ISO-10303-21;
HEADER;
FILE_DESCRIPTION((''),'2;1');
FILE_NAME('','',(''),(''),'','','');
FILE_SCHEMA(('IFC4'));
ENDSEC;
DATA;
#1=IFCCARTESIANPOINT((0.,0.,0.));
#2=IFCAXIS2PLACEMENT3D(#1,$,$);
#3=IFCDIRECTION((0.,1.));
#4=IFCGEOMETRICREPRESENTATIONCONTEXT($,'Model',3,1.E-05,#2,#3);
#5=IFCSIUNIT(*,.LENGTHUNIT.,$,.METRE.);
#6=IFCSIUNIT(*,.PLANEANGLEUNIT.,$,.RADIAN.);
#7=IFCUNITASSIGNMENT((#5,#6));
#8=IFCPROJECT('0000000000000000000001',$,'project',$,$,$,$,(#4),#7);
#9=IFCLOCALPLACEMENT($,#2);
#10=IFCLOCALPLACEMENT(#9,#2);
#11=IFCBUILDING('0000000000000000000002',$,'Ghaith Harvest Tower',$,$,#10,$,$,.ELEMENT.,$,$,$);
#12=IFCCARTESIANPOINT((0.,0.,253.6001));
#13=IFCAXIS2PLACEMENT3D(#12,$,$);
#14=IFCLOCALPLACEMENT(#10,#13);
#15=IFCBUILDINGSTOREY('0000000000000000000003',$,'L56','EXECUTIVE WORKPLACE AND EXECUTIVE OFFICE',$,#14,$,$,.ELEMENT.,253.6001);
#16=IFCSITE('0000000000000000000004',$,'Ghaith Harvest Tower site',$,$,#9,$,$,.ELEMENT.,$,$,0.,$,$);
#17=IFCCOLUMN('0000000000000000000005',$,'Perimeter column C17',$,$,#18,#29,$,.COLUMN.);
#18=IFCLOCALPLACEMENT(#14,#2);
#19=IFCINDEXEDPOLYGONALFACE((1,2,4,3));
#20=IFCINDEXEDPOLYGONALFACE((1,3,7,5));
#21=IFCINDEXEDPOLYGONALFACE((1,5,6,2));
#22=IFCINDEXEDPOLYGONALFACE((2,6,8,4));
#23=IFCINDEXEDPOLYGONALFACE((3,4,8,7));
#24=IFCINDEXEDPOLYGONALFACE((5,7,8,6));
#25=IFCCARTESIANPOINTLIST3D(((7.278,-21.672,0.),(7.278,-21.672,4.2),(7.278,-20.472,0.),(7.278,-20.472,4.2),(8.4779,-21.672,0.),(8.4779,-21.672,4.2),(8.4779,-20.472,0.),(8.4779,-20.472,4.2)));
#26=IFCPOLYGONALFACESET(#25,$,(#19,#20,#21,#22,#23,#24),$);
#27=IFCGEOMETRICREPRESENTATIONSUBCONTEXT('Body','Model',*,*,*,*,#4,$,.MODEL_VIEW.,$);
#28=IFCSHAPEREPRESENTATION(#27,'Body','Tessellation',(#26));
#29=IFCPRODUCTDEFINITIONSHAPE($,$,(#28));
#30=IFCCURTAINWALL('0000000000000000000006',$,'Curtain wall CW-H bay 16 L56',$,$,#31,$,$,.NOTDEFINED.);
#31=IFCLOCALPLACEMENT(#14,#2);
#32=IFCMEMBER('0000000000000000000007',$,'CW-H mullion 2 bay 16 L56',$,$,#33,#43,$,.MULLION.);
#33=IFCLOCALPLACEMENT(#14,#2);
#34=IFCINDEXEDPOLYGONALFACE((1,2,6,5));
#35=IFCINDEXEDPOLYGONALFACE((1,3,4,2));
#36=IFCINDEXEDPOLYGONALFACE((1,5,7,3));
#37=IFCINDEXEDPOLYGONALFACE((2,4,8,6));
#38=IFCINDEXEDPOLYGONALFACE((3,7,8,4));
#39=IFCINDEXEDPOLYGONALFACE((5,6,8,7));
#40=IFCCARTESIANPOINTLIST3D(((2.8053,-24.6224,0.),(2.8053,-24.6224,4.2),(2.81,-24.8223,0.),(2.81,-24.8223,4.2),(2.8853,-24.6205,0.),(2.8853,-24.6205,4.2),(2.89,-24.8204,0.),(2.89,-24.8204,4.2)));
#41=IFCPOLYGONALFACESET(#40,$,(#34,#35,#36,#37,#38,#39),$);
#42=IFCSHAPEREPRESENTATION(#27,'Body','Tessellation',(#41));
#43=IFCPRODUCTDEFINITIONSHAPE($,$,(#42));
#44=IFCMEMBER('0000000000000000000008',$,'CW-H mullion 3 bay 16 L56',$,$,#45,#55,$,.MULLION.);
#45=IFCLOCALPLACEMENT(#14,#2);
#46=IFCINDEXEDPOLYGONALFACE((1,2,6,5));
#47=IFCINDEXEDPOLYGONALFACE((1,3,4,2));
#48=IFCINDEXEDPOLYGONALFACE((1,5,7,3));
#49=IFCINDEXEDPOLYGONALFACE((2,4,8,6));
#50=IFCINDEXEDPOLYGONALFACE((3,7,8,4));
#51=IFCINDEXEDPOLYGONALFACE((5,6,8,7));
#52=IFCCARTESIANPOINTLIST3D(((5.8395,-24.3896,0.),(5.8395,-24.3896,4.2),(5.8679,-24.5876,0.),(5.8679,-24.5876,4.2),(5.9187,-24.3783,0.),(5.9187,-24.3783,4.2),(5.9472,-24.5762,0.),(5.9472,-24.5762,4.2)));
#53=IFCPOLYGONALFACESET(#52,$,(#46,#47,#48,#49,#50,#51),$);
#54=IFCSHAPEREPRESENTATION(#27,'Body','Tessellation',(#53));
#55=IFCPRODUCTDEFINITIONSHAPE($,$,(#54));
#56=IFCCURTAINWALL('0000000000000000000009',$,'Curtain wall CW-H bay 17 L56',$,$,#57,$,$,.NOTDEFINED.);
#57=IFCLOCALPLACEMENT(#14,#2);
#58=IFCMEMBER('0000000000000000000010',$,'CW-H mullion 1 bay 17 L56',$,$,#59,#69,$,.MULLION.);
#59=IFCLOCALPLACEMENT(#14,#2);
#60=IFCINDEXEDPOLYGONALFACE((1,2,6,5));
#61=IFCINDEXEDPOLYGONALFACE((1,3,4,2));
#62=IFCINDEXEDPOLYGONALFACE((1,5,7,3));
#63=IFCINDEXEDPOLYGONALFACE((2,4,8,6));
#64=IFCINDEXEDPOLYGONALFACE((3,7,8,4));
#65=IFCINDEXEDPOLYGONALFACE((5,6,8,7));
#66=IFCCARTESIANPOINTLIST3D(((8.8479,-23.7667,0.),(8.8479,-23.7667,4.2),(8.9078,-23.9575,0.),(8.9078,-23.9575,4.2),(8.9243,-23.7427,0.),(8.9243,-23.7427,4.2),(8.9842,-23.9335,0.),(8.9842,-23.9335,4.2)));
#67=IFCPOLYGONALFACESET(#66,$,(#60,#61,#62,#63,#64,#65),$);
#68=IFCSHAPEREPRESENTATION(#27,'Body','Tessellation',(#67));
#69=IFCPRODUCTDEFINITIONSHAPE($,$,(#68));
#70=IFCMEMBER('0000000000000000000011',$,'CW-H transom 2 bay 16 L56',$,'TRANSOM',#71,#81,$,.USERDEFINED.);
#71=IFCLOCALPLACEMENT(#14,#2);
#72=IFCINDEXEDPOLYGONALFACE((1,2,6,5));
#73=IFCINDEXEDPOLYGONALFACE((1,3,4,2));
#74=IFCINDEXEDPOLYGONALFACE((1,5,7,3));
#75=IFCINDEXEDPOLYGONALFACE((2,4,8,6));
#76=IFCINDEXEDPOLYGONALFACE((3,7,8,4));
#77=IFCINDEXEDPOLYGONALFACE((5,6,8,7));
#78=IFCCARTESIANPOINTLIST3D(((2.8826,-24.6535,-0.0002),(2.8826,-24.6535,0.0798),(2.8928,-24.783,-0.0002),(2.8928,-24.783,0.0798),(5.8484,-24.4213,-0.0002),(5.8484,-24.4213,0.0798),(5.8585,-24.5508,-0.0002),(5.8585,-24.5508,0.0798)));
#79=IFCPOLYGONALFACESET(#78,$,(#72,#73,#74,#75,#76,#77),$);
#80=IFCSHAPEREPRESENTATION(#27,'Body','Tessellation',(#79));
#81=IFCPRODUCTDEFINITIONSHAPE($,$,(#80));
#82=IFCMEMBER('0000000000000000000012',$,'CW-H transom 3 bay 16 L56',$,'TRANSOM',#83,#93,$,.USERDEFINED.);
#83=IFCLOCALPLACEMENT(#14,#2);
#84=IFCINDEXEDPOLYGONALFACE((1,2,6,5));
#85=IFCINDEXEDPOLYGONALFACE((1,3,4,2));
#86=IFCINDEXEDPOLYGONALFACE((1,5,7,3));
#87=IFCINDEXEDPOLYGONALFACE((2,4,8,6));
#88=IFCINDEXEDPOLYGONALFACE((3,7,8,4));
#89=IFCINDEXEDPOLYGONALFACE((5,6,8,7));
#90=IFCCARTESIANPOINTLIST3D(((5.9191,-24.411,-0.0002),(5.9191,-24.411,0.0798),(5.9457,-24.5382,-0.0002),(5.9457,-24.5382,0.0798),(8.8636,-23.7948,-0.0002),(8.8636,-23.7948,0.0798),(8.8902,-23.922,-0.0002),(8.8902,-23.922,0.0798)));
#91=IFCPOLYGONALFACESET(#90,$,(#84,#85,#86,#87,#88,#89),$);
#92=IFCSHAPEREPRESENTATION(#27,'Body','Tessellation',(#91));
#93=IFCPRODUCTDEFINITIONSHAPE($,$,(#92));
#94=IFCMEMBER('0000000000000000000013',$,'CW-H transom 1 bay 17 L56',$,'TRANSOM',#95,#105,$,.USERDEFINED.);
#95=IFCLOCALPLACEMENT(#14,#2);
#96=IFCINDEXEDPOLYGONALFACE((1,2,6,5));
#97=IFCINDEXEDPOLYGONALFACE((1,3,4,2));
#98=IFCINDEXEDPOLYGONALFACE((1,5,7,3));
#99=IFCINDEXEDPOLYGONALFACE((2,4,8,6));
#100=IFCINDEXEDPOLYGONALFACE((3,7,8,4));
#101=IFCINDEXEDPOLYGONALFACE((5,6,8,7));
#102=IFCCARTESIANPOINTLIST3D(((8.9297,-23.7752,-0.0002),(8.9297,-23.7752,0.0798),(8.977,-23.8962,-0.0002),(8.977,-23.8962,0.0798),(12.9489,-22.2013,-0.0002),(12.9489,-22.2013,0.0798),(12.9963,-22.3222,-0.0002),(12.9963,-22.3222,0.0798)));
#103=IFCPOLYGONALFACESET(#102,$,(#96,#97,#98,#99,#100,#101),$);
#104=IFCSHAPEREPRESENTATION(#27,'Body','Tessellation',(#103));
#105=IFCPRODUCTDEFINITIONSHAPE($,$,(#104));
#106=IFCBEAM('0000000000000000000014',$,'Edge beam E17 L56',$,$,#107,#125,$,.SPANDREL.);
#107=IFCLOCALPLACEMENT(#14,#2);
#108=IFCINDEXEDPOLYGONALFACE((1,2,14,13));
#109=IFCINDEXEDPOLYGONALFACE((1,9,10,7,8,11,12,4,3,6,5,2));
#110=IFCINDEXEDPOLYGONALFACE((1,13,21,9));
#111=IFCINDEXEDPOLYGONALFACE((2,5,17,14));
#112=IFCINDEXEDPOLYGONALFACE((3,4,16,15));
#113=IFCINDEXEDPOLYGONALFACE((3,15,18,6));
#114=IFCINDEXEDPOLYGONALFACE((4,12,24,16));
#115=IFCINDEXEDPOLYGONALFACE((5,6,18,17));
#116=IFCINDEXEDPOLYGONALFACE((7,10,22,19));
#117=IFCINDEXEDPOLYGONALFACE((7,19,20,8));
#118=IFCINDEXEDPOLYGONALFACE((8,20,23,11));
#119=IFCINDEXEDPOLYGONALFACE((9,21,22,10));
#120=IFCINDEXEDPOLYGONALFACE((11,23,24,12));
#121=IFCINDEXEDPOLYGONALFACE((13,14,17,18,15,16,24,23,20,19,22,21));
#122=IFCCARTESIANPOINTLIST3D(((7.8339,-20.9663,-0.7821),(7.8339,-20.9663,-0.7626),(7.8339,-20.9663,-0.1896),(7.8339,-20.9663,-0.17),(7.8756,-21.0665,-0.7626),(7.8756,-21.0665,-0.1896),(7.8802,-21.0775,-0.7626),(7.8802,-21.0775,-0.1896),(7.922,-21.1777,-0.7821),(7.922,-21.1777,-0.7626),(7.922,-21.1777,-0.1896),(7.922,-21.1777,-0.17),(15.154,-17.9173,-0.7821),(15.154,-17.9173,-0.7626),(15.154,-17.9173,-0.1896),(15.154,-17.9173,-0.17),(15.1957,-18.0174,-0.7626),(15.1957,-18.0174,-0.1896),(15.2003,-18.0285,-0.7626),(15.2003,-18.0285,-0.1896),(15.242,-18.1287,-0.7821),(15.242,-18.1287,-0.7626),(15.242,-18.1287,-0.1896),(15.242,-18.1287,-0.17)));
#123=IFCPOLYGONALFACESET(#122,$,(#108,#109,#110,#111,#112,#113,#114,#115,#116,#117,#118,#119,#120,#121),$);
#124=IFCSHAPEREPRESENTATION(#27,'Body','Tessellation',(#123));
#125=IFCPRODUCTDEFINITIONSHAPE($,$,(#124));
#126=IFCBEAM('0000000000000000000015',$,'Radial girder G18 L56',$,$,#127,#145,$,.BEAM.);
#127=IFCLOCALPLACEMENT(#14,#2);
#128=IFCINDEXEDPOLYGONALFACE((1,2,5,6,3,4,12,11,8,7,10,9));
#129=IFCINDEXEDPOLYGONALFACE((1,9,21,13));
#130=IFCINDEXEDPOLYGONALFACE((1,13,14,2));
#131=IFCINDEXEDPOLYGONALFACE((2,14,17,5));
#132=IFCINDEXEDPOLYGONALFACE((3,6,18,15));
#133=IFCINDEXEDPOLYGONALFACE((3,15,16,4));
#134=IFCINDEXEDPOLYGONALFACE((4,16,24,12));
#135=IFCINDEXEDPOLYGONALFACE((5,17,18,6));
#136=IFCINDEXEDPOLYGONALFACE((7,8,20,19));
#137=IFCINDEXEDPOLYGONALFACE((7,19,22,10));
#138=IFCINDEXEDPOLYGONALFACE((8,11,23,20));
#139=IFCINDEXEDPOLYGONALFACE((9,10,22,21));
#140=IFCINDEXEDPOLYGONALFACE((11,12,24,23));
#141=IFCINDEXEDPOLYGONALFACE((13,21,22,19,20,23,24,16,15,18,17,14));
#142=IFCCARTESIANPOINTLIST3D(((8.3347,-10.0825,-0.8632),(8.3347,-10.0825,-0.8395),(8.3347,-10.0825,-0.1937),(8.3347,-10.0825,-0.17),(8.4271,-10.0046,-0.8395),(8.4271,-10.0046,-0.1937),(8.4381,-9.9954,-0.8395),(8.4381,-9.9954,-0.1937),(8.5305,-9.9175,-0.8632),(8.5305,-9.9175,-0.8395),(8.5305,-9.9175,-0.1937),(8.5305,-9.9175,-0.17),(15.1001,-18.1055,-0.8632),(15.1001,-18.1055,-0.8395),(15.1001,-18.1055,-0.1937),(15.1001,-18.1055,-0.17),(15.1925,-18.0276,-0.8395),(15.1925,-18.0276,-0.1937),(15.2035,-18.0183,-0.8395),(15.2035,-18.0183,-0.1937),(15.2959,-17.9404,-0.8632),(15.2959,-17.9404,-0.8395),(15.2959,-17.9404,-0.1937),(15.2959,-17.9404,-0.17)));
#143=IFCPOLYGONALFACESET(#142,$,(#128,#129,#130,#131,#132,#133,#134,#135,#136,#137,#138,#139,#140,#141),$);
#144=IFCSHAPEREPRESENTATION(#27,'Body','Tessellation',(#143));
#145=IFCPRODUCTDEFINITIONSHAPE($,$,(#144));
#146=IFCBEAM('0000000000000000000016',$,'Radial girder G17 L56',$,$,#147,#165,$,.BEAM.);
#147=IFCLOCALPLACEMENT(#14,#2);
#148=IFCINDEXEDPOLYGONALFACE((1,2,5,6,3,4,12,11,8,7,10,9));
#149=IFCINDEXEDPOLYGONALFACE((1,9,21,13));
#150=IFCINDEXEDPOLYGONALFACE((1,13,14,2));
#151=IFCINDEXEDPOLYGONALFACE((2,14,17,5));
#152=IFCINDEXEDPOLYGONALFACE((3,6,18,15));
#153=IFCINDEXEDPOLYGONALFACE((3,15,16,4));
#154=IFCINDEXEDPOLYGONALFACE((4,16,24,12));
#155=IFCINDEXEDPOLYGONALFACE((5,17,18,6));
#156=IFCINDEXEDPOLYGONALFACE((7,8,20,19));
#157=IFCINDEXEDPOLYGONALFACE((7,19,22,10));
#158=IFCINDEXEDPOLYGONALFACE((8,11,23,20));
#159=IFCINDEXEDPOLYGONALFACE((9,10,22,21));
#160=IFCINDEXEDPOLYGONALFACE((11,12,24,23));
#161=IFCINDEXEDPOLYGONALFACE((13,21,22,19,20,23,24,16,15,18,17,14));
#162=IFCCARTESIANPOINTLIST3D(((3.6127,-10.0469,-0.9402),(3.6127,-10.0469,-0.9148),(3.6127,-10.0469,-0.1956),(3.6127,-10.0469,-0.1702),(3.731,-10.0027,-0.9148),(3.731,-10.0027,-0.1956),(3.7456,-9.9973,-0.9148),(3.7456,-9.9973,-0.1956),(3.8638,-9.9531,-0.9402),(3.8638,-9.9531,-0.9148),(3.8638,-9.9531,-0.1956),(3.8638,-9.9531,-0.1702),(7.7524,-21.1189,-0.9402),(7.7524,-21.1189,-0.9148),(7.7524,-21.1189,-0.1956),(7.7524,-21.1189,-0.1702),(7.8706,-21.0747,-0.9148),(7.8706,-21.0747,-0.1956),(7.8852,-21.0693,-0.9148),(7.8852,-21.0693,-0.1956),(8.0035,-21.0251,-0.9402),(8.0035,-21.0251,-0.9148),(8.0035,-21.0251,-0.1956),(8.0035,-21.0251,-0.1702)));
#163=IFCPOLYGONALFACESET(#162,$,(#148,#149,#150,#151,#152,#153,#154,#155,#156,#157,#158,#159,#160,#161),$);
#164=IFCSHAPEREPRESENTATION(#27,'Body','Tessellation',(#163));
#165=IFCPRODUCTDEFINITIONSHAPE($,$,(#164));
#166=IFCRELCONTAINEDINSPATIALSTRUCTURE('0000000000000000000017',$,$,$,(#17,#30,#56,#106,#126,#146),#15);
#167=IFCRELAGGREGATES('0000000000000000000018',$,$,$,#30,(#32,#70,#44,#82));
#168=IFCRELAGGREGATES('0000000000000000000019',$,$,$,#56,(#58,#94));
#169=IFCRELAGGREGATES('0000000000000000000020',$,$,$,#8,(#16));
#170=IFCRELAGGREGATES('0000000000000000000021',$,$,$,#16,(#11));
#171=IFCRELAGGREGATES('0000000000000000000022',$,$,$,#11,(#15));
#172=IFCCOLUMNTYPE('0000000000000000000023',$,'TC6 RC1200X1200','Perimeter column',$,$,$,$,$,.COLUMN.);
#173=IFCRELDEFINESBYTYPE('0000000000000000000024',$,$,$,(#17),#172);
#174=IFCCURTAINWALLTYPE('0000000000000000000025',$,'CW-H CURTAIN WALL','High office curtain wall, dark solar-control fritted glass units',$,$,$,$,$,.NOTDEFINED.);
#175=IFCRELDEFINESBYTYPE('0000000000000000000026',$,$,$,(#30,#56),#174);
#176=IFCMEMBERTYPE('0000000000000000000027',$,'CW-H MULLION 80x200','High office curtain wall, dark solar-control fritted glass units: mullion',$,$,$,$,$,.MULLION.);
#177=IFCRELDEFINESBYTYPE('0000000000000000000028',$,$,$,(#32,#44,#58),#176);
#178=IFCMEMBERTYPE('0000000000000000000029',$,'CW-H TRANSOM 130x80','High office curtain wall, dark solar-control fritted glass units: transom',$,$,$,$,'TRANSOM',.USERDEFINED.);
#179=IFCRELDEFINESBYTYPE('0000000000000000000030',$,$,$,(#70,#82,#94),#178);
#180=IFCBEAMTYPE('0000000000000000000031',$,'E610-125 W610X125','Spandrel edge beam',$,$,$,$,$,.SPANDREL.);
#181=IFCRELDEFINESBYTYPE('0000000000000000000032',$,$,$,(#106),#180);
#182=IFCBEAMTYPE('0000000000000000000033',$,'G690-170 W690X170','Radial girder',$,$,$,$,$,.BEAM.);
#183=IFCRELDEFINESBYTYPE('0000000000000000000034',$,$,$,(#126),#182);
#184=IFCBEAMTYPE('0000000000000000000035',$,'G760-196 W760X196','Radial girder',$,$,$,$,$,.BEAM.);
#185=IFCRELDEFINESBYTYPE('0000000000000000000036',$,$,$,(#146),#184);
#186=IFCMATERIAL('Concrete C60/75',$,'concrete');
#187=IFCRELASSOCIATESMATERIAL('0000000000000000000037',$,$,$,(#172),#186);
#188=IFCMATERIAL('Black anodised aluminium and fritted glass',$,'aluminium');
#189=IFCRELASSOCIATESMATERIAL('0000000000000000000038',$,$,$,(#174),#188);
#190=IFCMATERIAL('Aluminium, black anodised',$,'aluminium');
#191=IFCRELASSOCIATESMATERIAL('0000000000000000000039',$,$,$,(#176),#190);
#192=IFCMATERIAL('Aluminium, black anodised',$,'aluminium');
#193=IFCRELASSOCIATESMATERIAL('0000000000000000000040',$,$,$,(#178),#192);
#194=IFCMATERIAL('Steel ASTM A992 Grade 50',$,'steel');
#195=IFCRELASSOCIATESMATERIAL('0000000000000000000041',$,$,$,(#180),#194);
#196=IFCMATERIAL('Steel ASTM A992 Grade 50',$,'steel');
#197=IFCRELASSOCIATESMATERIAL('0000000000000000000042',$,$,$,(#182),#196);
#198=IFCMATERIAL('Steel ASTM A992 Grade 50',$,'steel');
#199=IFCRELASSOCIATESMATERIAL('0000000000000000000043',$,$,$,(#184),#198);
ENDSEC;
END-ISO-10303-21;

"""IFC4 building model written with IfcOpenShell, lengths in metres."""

from ifc_helpers import new_model, si_unit, direction, frame, origin, origin_2d, place, context, subcontext, project, spatial, rectangle, i_section, extrude, material, material_profile, profile_set, type_object, element, aggregate, save


model = new_model("IFC4")

# Units and contexts
model_context = context("Model", 3, precision=1e-05, world=origin(), true_north=direction((0.0, 1.0)))
body_context = subcontext(model_context, "Body", "Model", "MODEL_VIEW")
ifc_project = project(units=[si_unit("LENGTHUNIT", "METRE"), si_unit("PLANEANGLEUNIT", "RADIAN")], contexts=[model_context])

# Site, building, storey
site_placement = place(None, origin())
site = spatial("IfcSite", under=ifc_project, at=site_placement, Name="Ghaith Harvest Tower site", CompositionType="ELEMENT", RefElevation=0.0)
building_placement = place(site_placement, origin())
building = spatial("IfcBuilding", under=site, at=building_placement, Name="Ghaith Harvest Tower", CompositionType="ELEMENT")
storey_placement = place(building_placement, frame((0.0, 0.0, 253.6001)))
storey = spatial("IfcBuildingStorey", under=building, at=storey_placement, Name="L56", Description="EXECUTIVE WORKPLACE AND EXECUTIVE OFFICE", CompositionType="ELEMENT", Elevation=253.6001)

# Column
ifc_material_1 = material(Name="Concrete C60/75", Category="concrete")
ifc_material_profile_1 = material_profile(ifc_material_1, rectangle(XDim=1.2, YDim=1.2, at=origin_2d()), Name="RC1200X1200")
ifc_profile_set_1 = profile_set([ifc_material_profile_1], Name="Concrete C60/75")
column_type = type_object("IfcColumnType", Name="TC6 RC1200X1200", Description="Perimeter column", PredefinedType="COLUMN", material=ifc_profile_set_1)
column_placement = place(storey_placement, frame((7.8779, -21.072, 0.0), z_axis=(0.0, 0.0, 1.0), x_axis=(1.0, 0.0, 0.0)))
element("IfcColumn", 1, at=column_placement, inside=storey, type_object=column_type, Name="Perimeter column C17", PredefinedType="COLUMN", context=body_context, shape_type="SweptSolid", body=[
    extrude(rectangle(XDim=1.2, YDim=1.2, at=origin_2d()), origin(), (0.0, 0.0, 1.0), 4.2),
])

# Curtain wall, members
ifc_material_2 = material(Name="Black anodised aluminium and fritted glass", Category="aluminium")
curtain_wall_type = type_object("IfcCurtainWallType", Name="CW-H CURTAIN WALL", Description="High office curtain wall, dark solar-control fritted glass units", PredefinedType="NOTDEFINED", material=ifc_material_2)
curtain_wall_1_placement = place(storey_placement, origin())
curtain_wall_1 = element("IfcCurtainWall", 2, at=curtain_wall_1_placement, inside=storey, type_object=curtain_wall_type, Name="Curtain wall CW-H bay 16 L56", PredefinedType="NOTDEFINED")
ifc_material_3 = material(Name="Aluminium, black anodised", Category="aluminium")
ifc_material_profile_2 = material_profile(ifc_material_3, rectangle(XDim=0.0801, YDim=0.2, at=origin_2d()), Name="CW-H MULLION 80x200")
ifc_profile_set_2 = profile_set([ifc_material_profile_2], Name="Aluminium, black anodised")
member_type_1 = type_object("IfcMemberType", Name="CW-H MULLION 80x200", Description="High office curtain wall, dark solar-control fritted glass units: mullion", PredefinedType="MULLION", material=ifc_profile_set_2)
member_1_placement = place(storey_placement, frame((2.8477, -24.7214, 0.0), z_axis=(0.0, 0.0, 1.0), x_axis=(0.999724, 0.023475, 0.0)))
member_1 = element("IfcMember", 3, at=member_1_placement, type_object=member_type_1, Name="CW-H mullion 2 bay 16 L56", PredefinedType="MULLION", context=body_context, shape_type="SweptSolid", body=[
    extrude(rectangle(XDim=0.0801, YDim=0.2, at=origin_2d()), origin(), (0.0, 0.0, 1.0), 4.2),
])
member_2_placement = place(storey_placement, frame((5.8933, -24.4829, 0.0), z_axis=(0.0, 0.0, 1.0), x_axis=(0.989849, 0.142122, 0.0)))
member_2 = element("IfcMember", 4, at=member_2_placement, type_object=member_type_1, Name="CW-H mullion 3 bay 16 L56", PredefinedType="MULLION", context=body_context, shape_type="SweptSolid", body=[
    extrude(rectangle(XDim=0.0801, YDim=0.2, at=origin_2d()), origin(), (0.0, 0.0, 1.0), 4.2),
])

# Curtain wall, member
curtain_wall_2_placement = place(storey_placement, origin())
curtain_wall_2 = element("IfcCurtainWall", 5, at=curtain_wall_2_placement, inside=storey, type_object=curtain_wall_type, Name="Curtain wall CW-H bay 17 L56", PredefinedType="NOTDEFINED")
member_3_placement = place(storey_placement, frame((8.916, -23.8501, 0.0), z_axis=(0.0, 0.0, 1.0), x_axis=(0.95403, 0.299711, 0.0)))
member_3 = element("IfcMember", 6, at=member_3_placement, type_object=member_type_1, Name="CW-H mullion 1 bay 17 L56", PredefinedType="MULLION", context=body_context, shape_type="SweptSolid", body=[
    extrude(rectangle(XDim=0.0801, YDim=0.2, at=origin_2d()), origin(), (0.0, 0.0, 1.0), 4.2),
])

# Members
ifc_material_4 = material(Name="Aluminium, black anodised", Category="aluminium")
ifc_material_profile_3 = material_profile(ifc_material_4, rectangle(XDim=0.1299, YDim=0.0801, at=origin_2d()), Name="CW-H TRANSOM 130x80")
ifc_profile_set_3 = profile_set([ifc_material_profile_3], Name="Aluminium, black anodised")
member_type_2 = type_object("IfcMemberType", Name="CW-H TRANSOM 130x80", Description="High office curtain wall, dark solar-control fritted glass units: transom", ElementType="TRANSOM", PredefinedType="USERDEFINED", material=ifc_profile_set_3)
member_4_placement = place(storey_placement, frame((2.8877, -24.7183, 0.0398), z_axis=(0.99695, 0.078046, 0.0), x_axis=(-0.078046, 0.99695, 0.0)))
member_4 = element("IfcMember", 7, at=member_4_placement, type_object=member_type_2, Name="CW-H transom 2 bay 16 L56", ObjectType="TRANSOM", PredefinedType="USERDEFINED", context=body_context, shape_type="SweptSolid", body=[
    extrude(rectangle(XDim=0.1299, YDim=0.0801, at=origin_2d()), origin(), (0.0, 0.0, 1.0), 2.9749),
])
member_5_placement = place(storey_placement, frame((5.9324, -24.4746, 0.0398), z_axis=(0.978797, 0.204832, 0.0), x_axis=(-0.204832, 0.978797, 0.0)))
member_5 = element("IfcMember", 8, at=member_5_placement, type_object=member_type_2, Name="CW-H transom 3 bay 16 L56", ObjectType="TRANSOM", PredefinedType="USERDEFINED", context=body_context, shape_type="SweptSolid", body=[
    extrude(rectangle(XDim=0.1299, YDim=0.0801, at=origin_2d()), origin(), (0.0, 0.0, 1.0), 3.0083),
])
member_6_placement = place(storey_placement, frame((8.9534, -23.8357, 0.0398), z_axis=(0.931148, 0.364642, 0.0), x_axis=(-0.364642, 0.931148, 0.0)))
member_6 = element("IfcMember", 9, at=member_6_placement, type_object=member_type_2, Name="CW-H transom 1 bay 17 L56", ObjectType="TRANSOM", PredefinedType="USERDEFINED", context=body_context, shape_type="SweptSolid", body=[
    extrude(rectangle(XDim=0.1299, YDim=0.0801, at=origin_2d()), origin(), (0.0, 0.0, 1.0), 4.3164),
])

# Beams
ifc_material_5 = material(Name="Steel ASTM A992 Grade 50", Category="steel")
ifc_material_profile_4 = material_profile(ifc_material_5, i_section(OverallWidth=0.229, OverallDepth=0.6121, WebThickness=0.012, FlangeThickness=0.0195, at=origin_2d()), Name="W610X125")
ifc_profile_set_4 = profile_set([ifc_material_profile_4], Name="Steel ASTM A992 Grade 50")
beam_type_1 = type_object("IfcBeamType", Name="E610-125 W610X125", Description="Spandrel edge beam", PredefinedType="SPANDREL", material=ifc_profile_set_4)
beam_1_placement = place(storey_placement, frame((7.8779, -21.072, -0.4761), z_axis=(0.92312, 0.384513, 0.0), x_axis=(-0.384513, 0.92312, 0.0)))
element("IfcBeam", 10, at=beam_1_placement, inside=storey, type_object=beam_type_1, Name="Edge beam E17 L56", PredefinedType="SPANDREL", context=body_context, shape_type="SweptSolid", body=[
    extrude(i_section(OverallWidth=0.229, OverallDepth=0.6121, WebThickness=0.012, FlangeThickness=0.0195, at=origin_2d()), origin(), (0.0, 0.0, 1.0), 7.9297),
])
ifc_material_6 = material(Name="Steel ASTM A992 Grade 50", Category="steel")
ifc_material_profile_5 = material_profile(ifc_material_6, i_section(OverallWidth=0.2561, OverallDepth=0.6931, WebThickness=0.0144, FlangeThickness=0.0237, at=origin_2d()), Name="W690X170")
ifc_profile_set_5 = profile_set([ifc_material_profile_5], Name="Steel ASTM A992 Grade 50")
beam_type_2 = type_object("IfcBeamType", Name="G690-170 W690X170", Description="Radial girder", PredefinedType="BEAM", material=ifc_profile_set_5)
beam_2_placement = place(storey_placement, frame((8.4326, -10.0, -0.5166), z_axis=(0.644649, -0.764478, 0.0), x_axis=(0.764478, 0.644649, 0.0)))
element("IfcBeam", 11, at=beam_2_placement, inside=storey, type_object=beam_type_2, Name="Radial girder G18 L56", PredefinedType="BEAM", context=body_context, shape_type="SweptSolid", body=[
    extrude(i_section(OverallWidth=0.2561, OverallDepth=0.6931, WebThickness=0.0144, FlangeThickness=0.0237, at=origin_2d()), origin(), (0.0, 0.0, 1.0), 10.4946),
])
ifc_material_7 = material(Name="Steel ASTM A992 Grade 50", Category="steel")
ifc_material_profile_6 = material_profile(ifc_material_7, i_section(OverallWidth=0.2681, OverallDepth=0.77, WebThickness=0.0156, FlangeThickness=0.0254, at=origin_2d()), Name="W760X196")
ifc_profile_set_6 = profile_set([ifc_material_profile_6], Name="Steel ASTM A992 Grade 50")
beam_type_3 = type_object("IfcBeamType", Name="G760-196 W760X196", Description="Radial girder", PredefinedType="BEAM", material=ifc_profile_set_6)
beam_3_placement = place(storey_placement, frame((3.7383, -10.0, -0.5552), z_axis=(0.350207, -0.936672, 0.0), x_axis=(0.936672, 0.350207, 0.0)))
element("IfcBeam", 12, at=beam_3_placement, inside=storey, type_object=beam_type_3, Name="Radial girder G17 L56", PredefinedType="BEAM", context=body_context, shape_type="SweptSolid", body=[
    extrude(i_section(OverallWidth=0.2681, OverallDepth=0.77, WebThickness=0.0156, FlangeThickness=0.0254, at=origin_2d()), origin(), (0.0, 0.0, 1.0), 11.8206),
])

aggregate(curtain_wall_1, [member_1, member_4, member_2, member_5])
aggregate(curtain_wall_2, [member_3, member_6])

save(model, "model.ifc")
